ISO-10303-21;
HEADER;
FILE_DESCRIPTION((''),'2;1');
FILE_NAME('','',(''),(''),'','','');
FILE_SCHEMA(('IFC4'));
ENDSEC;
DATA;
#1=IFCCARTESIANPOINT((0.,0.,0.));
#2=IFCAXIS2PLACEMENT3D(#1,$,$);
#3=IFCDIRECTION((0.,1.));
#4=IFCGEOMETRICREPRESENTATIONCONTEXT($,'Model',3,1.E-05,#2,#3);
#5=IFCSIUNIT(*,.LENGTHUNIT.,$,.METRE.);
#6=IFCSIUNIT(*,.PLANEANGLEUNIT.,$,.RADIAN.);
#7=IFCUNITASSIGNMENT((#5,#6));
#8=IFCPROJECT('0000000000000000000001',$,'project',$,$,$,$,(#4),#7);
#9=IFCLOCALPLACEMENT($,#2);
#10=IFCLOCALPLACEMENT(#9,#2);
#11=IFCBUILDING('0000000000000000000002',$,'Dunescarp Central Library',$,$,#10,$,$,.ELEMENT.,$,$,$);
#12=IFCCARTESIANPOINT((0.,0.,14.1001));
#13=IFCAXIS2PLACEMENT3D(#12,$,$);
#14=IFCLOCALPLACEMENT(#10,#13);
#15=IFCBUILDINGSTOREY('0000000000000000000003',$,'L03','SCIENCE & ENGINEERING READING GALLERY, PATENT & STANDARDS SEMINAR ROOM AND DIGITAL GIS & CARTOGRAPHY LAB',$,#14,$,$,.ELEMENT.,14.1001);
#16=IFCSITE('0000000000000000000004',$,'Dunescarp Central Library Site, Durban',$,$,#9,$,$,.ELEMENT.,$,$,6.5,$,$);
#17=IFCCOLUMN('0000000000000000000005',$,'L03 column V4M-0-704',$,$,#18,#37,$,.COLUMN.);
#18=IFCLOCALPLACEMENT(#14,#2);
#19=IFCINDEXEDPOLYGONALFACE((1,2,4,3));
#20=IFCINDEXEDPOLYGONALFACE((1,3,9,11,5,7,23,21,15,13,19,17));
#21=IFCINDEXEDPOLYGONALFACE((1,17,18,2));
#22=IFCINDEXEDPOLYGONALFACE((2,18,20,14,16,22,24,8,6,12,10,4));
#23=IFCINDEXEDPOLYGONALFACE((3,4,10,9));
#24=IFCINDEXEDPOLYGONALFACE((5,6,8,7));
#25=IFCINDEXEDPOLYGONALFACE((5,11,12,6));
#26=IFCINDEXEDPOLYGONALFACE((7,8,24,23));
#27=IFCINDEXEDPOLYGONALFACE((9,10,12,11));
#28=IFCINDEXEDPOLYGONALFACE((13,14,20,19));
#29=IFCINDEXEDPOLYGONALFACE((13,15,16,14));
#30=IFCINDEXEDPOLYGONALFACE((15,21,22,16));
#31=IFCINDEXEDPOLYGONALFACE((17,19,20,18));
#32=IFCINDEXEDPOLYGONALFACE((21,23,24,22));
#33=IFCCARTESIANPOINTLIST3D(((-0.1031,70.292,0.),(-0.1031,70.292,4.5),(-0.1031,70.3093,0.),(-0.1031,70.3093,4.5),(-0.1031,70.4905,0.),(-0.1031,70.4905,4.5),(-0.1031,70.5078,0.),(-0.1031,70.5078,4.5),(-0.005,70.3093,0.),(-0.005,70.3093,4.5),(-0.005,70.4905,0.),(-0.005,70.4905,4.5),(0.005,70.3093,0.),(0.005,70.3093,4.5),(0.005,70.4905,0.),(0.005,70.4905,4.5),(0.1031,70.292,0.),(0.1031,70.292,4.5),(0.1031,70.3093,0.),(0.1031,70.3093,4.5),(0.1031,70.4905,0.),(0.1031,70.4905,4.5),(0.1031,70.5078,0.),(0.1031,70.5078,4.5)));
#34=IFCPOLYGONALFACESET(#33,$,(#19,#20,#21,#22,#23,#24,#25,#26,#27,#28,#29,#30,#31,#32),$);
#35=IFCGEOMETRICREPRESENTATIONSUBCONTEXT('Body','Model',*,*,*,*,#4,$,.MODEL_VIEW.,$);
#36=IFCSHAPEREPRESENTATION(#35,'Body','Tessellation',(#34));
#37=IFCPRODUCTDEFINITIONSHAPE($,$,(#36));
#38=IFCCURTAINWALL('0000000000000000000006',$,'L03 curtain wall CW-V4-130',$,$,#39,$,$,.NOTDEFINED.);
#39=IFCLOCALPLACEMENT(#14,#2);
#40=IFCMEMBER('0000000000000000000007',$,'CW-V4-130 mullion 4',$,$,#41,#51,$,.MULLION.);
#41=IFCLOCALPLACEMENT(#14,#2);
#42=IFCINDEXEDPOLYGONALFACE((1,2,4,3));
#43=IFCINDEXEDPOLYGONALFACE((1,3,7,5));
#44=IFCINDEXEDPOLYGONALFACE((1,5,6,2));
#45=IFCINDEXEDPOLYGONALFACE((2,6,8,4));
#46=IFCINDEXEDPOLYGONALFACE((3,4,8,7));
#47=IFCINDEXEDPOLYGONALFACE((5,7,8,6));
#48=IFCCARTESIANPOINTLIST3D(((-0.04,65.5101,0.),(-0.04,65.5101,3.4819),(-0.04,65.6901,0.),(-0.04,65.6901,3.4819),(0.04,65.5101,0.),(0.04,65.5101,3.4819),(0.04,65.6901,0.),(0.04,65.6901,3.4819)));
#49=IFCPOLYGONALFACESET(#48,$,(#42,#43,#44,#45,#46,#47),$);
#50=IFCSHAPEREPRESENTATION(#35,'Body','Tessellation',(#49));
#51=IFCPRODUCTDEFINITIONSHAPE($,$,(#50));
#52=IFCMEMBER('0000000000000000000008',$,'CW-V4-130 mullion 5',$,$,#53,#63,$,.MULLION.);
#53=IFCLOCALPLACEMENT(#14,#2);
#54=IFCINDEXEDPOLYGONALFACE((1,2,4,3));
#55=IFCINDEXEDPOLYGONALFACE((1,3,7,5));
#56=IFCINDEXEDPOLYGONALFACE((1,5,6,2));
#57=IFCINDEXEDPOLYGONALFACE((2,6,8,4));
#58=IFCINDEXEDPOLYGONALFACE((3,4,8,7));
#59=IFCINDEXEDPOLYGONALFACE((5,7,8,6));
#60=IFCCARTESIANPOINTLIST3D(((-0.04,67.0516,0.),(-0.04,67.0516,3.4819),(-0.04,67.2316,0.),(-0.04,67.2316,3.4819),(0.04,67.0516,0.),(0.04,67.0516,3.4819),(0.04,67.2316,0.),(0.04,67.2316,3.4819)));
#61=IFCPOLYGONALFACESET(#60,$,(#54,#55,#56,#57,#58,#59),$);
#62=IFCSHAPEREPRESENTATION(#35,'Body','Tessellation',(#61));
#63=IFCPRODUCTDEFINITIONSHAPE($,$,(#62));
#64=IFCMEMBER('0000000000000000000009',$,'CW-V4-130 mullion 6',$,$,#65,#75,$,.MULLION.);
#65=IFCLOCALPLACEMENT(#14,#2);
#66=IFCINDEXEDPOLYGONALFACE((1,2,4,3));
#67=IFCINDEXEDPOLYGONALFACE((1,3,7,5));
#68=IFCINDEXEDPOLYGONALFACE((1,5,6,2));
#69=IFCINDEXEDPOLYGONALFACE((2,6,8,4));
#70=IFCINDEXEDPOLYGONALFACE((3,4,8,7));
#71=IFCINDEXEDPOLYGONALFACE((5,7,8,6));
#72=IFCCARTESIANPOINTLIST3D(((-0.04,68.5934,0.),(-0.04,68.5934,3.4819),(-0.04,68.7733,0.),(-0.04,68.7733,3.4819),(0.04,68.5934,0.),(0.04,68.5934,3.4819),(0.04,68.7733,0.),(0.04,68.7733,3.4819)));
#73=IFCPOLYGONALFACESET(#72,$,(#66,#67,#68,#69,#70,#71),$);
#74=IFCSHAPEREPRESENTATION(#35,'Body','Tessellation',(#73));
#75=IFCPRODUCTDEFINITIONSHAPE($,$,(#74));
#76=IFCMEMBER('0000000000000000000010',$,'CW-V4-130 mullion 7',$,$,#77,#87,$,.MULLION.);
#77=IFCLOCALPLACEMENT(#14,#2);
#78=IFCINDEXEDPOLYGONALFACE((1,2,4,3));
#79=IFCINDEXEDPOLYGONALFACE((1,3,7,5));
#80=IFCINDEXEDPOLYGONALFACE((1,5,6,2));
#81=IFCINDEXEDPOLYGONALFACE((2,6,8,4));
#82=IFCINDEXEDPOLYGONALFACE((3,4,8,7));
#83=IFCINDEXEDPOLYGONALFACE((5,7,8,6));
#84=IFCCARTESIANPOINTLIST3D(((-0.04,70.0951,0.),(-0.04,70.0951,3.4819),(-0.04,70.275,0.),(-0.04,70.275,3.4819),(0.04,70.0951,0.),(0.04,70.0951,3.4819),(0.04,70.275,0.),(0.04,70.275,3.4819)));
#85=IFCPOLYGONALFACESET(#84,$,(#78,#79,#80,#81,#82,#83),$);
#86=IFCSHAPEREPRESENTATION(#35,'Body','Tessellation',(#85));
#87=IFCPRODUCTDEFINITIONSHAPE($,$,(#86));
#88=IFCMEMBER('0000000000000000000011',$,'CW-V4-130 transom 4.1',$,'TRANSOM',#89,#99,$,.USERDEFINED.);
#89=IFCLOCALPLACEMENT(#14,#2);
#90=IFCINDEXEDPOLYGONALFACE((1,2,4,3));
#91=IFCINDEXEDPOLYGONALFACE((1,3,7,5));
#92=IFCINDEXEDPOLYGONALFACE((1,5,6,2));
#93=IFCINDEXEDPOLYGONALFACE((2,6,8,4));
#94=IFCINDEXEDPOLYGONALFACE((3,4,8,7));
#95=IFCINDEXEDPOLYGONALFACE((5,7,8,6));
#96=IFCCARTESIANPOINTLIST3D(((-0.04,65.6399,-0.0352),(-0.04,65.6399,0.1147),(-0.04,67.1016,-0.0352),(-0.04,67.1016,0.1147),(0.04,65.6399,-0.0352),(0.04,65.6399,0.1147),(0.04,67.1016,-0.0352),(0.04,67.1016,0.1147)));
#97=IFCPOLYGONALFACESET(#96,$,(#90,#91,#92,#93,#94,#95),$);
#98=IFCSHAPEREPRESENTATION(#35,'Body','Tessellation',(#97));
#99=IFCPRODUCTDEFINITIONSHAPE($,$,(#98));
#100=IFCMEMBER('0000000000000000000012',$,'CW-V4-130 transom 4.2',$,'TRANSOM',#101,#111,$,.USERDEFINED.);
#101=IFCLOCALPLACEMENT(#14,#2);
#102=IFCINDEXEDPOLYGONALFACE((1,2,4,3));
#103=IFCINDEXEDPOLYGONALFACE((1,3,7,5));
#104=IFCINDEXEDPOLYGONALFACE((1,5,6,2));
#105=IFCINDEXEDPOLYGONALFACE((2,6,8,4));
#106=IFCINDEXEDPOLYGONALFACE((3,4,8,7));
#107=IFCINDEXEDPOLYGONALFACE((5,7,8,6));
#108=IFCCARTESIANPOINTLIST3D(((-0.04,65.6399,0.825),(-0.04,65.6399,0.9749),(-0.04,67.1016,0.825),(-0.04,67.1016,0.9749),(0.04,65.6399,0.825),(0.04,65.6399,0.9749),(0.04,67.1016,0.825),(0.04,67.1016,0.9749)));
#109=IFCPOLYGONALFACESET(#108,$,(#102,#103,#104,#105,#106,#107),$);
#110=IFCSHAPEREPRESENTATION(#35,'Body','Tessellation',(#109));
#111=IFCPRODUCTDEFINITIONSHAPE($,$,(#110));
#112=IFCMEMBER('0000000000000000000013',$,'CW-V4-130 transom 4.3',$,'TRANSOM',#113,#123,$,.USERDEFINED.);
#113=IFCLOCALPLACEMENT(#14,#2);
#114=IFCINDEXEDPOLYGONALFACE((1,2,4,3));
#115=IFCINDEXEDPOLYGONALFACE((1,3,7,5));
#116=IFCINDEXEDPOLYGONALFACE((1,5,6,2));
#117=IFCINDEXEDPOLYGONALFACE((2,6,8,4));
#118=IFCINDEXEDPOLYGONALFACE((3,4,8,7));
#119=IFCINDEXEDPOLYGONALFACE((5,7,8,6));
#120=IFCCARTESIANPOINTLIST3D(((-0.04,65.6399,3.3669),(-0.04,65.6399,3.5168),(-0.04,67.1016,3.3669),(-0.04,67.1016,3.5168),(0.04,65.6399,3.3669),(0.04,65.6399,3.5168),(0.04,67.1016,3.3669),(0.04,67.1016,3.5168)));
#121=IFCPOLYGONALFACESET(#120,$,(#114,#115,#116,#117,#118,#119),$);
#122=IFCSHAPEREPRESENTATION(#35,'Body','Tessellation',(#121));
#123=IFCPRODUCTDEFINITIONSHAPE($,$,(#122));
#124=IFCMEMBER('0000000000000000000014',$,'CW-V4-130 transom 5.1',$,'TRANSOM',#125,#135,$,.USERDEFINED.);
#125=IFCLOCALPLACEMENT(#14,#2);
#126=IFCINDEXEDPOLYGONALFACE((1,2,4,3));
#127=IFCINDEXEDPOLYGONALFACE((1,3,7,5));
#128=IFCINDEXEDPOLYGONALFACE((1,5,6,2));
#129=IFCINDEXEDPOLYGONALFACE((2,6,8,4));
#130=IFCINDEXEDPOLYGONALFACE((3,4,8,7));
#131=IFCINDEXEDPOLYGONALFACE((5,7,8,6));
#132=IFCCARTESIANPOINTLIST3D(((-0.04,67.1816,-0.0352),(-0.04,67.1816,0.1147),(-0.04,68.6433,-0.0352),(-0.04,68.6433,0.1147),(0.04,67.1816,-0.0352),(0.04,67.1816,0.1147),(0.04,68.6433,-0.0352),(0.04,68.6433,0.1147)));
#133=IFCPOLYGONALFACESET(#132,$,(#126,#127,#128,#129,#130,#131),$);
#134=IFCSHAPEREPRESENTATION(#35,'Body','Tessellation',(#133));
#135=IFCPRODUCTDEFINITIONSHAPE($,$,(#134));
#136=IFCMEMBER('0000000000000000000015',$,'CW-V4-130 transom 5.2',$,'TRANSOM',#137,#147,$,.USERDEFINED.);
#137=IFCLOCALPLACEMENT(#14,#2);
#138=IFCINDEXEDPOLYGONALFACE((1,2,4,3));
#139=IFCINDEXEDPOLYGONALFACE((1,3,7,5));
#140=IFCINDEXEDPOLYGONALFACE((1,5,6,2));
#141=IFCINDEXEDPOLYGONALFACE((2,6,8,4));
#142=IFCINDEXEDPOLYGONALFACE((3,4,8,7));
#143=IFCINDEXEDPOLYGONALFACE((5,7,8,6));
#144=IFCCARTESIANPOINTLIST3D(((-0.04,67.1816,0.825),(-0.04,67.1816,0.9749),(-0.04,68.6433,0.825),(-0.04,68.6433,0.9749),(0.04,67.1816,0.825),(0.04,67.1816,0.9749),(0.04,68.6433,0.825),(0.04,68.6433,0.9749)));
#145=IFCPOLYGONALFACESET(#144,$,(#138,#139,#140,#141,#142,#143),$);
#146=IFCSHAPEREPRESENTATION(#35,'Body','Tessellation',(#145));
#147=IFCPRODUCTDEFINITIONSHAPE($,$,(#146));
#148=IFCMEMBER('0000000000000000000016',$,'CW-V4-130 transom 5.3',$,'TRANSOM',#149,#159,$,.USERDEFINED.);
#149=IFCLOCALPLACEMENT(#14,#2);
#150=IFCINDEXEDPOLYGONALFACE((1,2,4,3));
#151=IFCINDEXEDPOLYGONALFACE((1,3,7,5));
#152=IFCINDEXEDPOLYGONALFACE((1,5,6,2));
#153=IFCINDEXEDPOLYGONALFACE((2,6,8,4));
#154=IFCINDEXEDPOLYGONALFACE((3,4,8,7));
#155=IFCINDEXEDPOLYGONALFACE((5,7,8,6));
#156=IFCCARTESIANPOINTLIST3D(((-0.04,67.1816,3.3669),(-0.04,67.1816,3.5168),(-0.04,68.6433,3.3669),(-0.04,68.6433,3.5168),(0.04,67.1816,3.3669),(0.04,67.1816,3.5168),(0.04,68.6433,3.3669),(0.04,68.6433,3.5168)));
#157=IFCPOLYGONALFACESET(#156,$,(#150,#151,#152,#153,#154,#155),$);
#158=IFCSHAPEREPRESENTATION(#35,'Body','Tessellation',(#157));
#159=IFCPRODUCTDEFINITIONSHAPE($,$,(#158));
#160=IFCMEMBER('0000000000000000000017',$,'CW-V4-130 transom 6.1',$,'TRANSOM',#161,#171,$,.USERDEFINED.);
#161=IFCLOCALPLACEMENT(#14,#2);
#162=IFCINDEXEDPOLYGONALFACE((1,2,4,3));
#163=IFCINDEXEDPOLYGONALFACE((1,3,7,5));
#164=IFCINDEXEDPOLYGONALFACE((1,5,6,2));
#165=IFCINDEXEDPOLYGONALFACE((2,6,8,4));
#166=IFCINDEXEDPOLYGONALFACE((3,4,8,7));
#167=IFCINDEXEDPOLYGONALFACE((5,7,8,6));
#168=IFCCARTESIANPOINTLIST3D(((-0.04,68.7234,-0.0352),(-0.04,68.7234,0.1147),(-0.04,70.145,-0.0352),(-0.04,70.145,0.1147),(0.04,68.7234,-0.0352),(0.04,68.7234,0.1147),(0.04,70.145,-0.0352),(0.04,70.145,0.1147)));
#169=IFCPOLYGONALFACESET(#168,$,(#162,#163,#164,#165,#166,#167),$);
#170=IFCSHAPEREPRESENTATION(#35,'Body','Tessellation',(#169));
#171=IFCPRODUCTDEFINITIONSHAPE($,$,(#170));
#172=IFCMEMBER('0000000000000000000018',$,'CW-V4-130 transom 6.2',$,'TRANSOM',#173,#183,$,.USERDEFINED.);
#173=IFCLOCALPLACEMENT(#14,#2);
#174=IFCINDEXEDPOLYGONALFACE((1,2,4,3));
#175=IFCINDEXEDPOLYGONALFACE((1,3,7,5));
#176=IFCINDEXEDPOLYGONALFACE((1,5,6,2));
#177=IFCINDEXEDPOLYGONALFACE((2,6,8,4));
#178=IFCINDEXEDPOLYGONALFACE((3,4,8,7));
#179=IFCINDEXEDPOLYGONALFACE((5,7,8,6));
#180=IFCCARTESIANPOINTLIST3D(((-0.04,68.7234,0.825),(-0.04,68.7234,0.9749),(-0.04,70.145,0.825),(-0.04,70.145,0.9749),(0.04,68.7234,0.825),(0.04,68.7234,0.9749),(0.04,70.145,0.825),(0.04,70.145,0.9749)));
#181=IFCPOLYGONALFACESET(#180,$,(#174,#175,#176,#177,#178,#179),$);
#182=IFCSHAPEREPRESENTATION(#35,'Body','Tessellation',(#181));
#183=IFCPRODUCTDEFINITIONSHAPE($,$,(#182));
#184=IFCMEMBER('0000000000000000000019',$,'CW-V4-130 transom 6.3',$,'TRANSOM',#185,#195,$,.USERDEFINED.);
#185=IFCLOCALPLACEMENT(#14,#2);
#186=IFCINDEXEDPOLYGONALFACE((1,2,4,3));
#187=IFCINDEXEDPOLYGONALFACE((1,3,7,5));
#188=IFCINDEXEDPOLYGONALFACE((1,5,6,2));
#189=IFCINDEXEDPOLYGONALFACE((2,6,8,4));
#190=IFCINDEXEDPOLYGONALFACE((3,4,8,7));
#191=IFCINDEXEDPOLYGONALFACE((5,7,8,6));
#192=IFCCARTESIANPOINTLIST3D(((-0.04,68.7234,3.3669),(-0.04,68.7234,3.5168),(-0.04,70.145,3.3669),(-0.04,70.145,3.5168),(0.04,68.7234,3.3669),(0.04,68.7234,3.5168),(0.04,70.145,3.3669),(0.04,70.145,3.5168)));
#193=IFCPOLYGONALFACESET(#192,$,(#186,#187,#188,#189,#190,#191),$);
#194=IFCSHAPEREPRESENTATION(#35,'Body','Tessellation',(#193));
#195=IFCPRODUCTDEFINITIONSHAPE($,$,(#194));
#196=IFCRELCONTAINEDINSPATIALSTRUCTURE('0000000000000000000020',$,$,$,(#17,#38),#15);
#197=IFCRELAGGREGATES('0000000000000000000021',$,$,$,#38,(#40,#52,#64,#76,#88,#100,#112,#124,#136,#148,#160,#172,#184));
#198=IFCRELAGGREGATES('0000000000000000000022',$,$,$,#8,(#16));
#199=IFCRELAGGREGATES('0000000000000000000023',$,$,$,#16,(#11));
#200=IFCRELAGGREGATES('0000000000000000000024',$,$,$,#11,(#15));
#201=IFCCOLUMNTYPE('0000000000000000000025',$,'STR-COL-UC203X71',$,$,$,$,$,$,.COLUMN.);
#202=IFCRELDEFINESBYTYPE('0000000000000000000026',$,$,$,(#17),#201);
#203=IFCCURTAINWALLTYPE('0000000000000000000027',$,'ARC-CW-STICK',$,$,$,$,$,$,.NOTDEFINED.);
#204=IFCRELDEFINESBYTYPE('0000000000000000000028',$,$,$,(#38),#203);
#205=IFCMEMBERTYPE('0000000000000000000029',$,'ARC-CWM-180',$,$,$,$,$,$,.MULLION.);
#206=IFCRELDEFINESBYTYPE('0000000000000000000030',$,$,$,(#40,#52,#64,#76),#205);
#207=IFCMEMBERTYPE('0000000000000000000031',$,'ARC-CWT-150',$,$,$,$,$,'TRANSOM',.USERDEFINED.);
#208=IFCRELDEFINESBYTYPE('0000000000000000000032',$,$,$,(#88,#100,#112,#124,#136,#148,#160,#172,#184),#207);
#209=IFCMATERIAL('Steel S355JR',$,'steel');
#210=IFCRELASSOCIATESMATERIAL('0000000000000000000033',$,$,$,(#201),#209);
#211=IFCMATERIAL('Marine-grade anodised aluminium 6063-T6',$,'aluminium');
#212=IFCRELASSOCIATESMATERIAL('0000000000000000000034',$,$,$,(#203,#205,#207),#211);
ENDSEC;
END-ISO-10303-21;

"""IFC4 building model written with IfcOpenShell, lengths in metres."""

from ifc_helpers import new_model, si_unit, direction, frame, origin, origin_2d, place, context, subcontext, project, spatial, rectangle, i_section, extrude, material, material_profile, profile_set, type_object, element, aggregate, save


model = new_model("IFC4")

# Units and contexts
model_context = context("Model", 3, precision=1e-05, world=origin(), true_north=direction((0.0, 1.0)))
body_context = subcontext(model_context, "Body", "Model", "MODEL_VIEW")
ifc_project = project(units=[si_unit("LENGTHUNIT", "METRE"), si_unit("PLANEANGLEUNIT", "RADIAN")], contexts=[model_context])

# Site, building, storey
site_placement = place(None, origin())
site = spatial("IfcSite", under=ifc_project, at=site_placement, Name="Dunescarp Central Library Site, Durban", CompositionType="ELEMENT", RefElevation=6.5)
building_placement = place(site_placement, origin())
building = spatial("IfcBuilding", under=site, at=building_placement, Name="Dunescarp Central Library", CompositionType="ELEMENT")
storey_placement = place(building_placement, frame((0.0, 0.0, 14.1001)))
storey = spatial("IfcBuildingStorey", under=building, at=storey_placement, Name="L03", Description="SCIENCE & ENGINEERING READING GALLERY, PATENT & STANDARDS SEMINAR ROOM AND DIGITAL GIS & CARTOGRAPHY LAB", CompositionType="ELEMENT", Elevation=14.1001)

# Column
ifc_material_1 = material(Name="Steel S355JR", Category="steel")
ifc_material_profile_1 = material_profile(ifc_material_1, i_section(OverallWidth=0.2063, OverallDepth=0.2158, WebThickness=0.01, FlangeThickness=0.0173, at=origin_2d()), Name="UC 203x203x71")
ifc_profile_set_1 = profile_set([ifc_material_profile_1], Name="Steel S355JR")
column_type = type_object("IfcColumnType", Name="STR-COL-UC203X71", PredefinedType="COLUMN", material=ifc_profile_set_1)
column_placement = place(storey_placement, frame((0.0, 70.3999, 0.0), z_axis=(0.0, 0.0, 1.0), x_axis=(1.0, 0.0, 0.0)))
element("IfcColumn", 1, at=column_placement, inside=storey, type_object=column_type, Name="L03 column V4M-0-704", PredefinedType="COLUMN", context=body_context, shape_type="SweptSolid", body=[
    extrude(i_section(OverallWidth=0.2063, OverallDepth=0.2158, WebThickness=0.01, FlangeThickness=0.0173, at=origin_2d()), origin(), (0.0, 0.0, 1.0), 4.5),
])

# Curtain wall, members
ifc_material_2 = material(Name="Marine-grade anodised aluminium 6063-T6", Category="aluminium")
curtain_wall_type = type_object("IfcCurtainWallType", Name="ARC-CW-STICK", PredefinedType="NOTDEFINED", material=ifc_material_2)
curtain_wall_placement = place(storey_placement, origin())
curtain_wall = element("IfcCurtainWall", 2, at=curtain_wall_placement, inside=storey, type_object=curtain_wall_type, Name="L03 curtain wall CW-V4-130", PredefinedType="NOTDEFINED")
ifc_material_profile_2 = material_profile(ifc_material_2, rectangle(XDim=0.0801, YDim=0.1799, at=origin_2d()), Name="AL 80x180")
ifc_profile_set_2 = profile_set([ifc_material_profile_2], Name="Marine-grade anodised aluminium 6063-T6")
member_type_1 = type_object("IfcMemberType", Name="ARC-CWM-180", PredefinedType="MULLION", material=ifc_profile_set_2)
member_1_placement = place(storey_placement, frame((0.0, 65.6001, 0.0), z_axis=(0.0, 0.0, 1.0), x_axis=(-1.0, 0.0, 0.0)))
member_1 = element("IfcMember", 3, at=member_1_placement, type_object=member_type_1, Name="CW-V4-130 mullion 4", PredefinedType="MULLION", context=body_context, shape_type="SweptSolid", body=[
    extrude(rectangle(XDim=0.0801, YDim=0.1799, at=origin_2d()), origin(), (0.0, 0.0, 1.0), 3.4819),
])
member_2_placement = place(storey_placement, frame((0.0, 67.1416, 0.0), z_axis=(0.0, 0.0, 1.0), x_axis=(-1.0, 0.0, 0.0)))
member_2 = element("IfcMember", 4, at=member_2_placement, type_object=member_type_1, Name="CW-V4-130 mullion 5", PredefinedType="MULLION", context=body_context, shape_type="SweptSolid", body=[
    extrude(rectangle(XDim=0.0801, YDim=0.1799, at=origin_2d()), origin(), (0.0, 0.0, 1.0), 3.4819),
])
member_3_placement = place(storey_placement, frame((0.0, 68.6833, 0.0), z_axis=(0.0, 0.0, 1.0), x_axis=(-1.0, 0.0, 0.0)))
member_3 = element("IfcMember", 5, at=member_3_placement, type_object=member_type_1, Name="CW-V4-130 mullion 6", PredefinedType="MULLION", context=body_context, shape_type="SweptSolid", body=[
    extrude(rectangle(XDim=0.0801, YDim=0.1799, at=origin_2d()), origin(), (0.0, 0.0, 1.0), 3.4819),
])
member_4_placement = place(storey_placement, frame((0.0, 70.1851, 0.0), z_axis=(0.0, 0.0, 1.0), x_axis=(-1.0, 0.0, 0.0)))
member_4 = element("IfcMember", 6, at=member_4_placement, type_object=member_type_1, Name="CW-V4-130 mullion 7", PredefinedType="MULLION", context=body_context, shape_type="SweptSolid", body=[
    extrude(rectangle(XDim=0.0801, YDim=0.1799, at=origin_2d()), origin(), (0.0, 0.0, 1.0), 3.4819),
])
ifc_material_profile_3 = material_profile(ifc_material_2, rectangle(XDim=0.0801, YDim=0.1499, at=origin_2d()), Name="AL 80x150")
ifc_profile_set_3 = profile_set([ifc_material_profile_3], Name="Marine-grade anodised aluminium 6063-T6")
member_type_2 = type_object("IfcMemberType", Name="ARC-CWT-150", ElementType="TRANSOM", PredefinedType="USERDEFINED", material=ifc_profile_set_3)
member_5_placement = place(storey_placement, frame((0.0, 65.6399, 0.0398), z_axis=(0.0, 1.0, 0.0), x_axis=(-1.0, 0.0, 0.0)))
member_5 = element("IfcMember", 7, at=member_5_placement, type_object=member_type_2, Name="CW-V4-130 transom 4.1", ObjectType="TRANSOM", PredefinedType="USERDEFINED", context=body_context, shape_type="SweptSolid", body=[
    extrude(rectangle(XDim=0.0801, YDim=0.1499, at=origin_2d()), origin(), (0.0, 0.0, 1.0), 1.4617),
])
member_6_placement = place(storey_placement, frame((0.0, 65.6399, 0.8999), z_axis=(0.0, 1.0, 0.0), x_axis=(-1.0, 0.0, 0.0)))
member_6 = element("IfcMember", 8, at=member_6_placement, type_object=member_type_2, Name="CW-V4-130 transom 4.2", ObjectType="TRANSOM", PredefinedType="USERDEFINED", context=body_context, shape_type="SweptSolid", body=[
    extrude(rectangle(XDim=0.0801, YDim=0.1499, at=origin_2d()), origin(), (0.0, 0.0, 1.0), 1.4617),
])
member_7_placement = place(storey_placement, frame((0.0, 65.6399, 3.4419), z_axis=(0.0, 1.0, 0.0), x_axis=(-1.0, 0.0, 0.0)))
member_7 = element("IfcMember", 9, at=member_7_placement, type_object=member_type_2, Name="CW-V4-130 transom 4.3", ObjectType="TRANSOM", PredefinedType="USERDEFINED", context=body_context, shape_type="SweptSolid", body=[
    extrude(rectangle(XDim=0.0801, YDim=0.1499, at=origin_2d()), origin(), (0.0, 0.0, 1.0), 1.4617),
])
member_8_placement = place(storey_placement, frame((0.0, 67.1816, 0.0398), z_axis=(0.0, 1.0, 0.0), x_axis=(-1.0, 0.0, 0.0)))
member_8 = element("IfcMember", 10, at=member_8_placement, type_object=member_type_2, Name="CW-V4-130 transom 5.1", ObjectType="TRANSOM", PredefinedType="USERDEFINED", context=body_context, shape_type="SweptSolid", body=[
    extrude(rectangle(XDim=0.0801, YDim=0.1499, at=origin_2d()), origin(), (0.0, 0.0, 1.0), 1.4617),
])
member_9_placement = place(storey_placement, frame((0.0, 67.1816, 0.8999), z_axis=(0.0, 1.0, 0.0), x_axis=(-1.0, 0.0, 0.0)))
member_9 = element("IfcMember", 11, at=member_9_placement, type_object=member_type_2, Name="CW-V4-130 transom 5.2", ObjectType="TRANSOM", PredefinedType="USERDEFINED", context=body_context, shape_type="SweptSolid", body=[
    extrude(rectangle(XDim=0.0801, YDim=0.1499, at=origin_2d()), origin(), (0.0, 0.0, 1.0), 1.4617),
])
member_10_placement = place(storey_placement, frame((0.0, 67.1816, 3.4419), z_axis=(0.0, 1.0, 0.0), x_axis=(-1.0, 0.0, 0.0)))
member_10 = element("IfcMember", 12, at=member_10_placement, type_object=member_type_2, Name="CW-V4-130 transom 5.3", ObjectType="TRANSOM", PredefinedType="USERDEFINED", context=body_context, shape_type="SweptSolid", body=[
    extrude(rectangle(XDim=0.0801, YDim=0.1499, at=origin_2d()), origin(), (0.0, 0.0, 1.0), 1.4617),
])
member_11_placement = place(storey_placement, frame((0.0, 68.7234, 0.0398), z_axis=(0.0, 1.0, 0.0), x_axis=(-1.0, 0.0, 0.0)))
member_11 = element("IfcMember", 13, at=member_11_placement, type_object=member_type_2, Name="CW-V4-130 transom 6.1", ObjectType="TRANSOM", PredefinedType="USERDEFINED", context=body_context, shape_type="SweptSolid", body=[
    extrude(rectangle(XDim=0.0801, YDim=0.1499, at=origin_2d()), origin(), (0.0, 0.0, 1.0), 1.4216),
])
member_12_placement = place(storey_placement, frame((0.0, 68.7234, 0.8999), z_axis=(0.0, 1.0, 0.0), x_axis=(-1.0, 0.0, 0.0)))
member_12 = element("IfcMember", 14, at=member_12_placement, type_object=member_type_2, Name="CW-V4-130 transom 6.2", ObjectType="TRANSOM", PredefinedType="USERDEFINED", context=body_context, shape_type="SweptSolid", body=[
    extrude(rectangle(XDim=0.0801, YDim=0.1499, at=origin_2d()), origin(), (0.0, 0.0, 1.0), 1.4216),
])
member_13_placement = place(storey_placement, frame((0.0, 68.7234, 3.4419), z_axis=(0.0, 1.0, 0.0), x_axis=(-1.0, 0.0, 0.0)))
member_13 = element("IfcMember", 15, at=member_13_placement, type_object=member_type_2, Name="CW-V4-130 transom 6.3", ObjectType="TRANSOM", PredefinedType="USERDEFINED", context=body_context, shape_type="SweptSolid", body=[
    extrude(rectangle(XDim=0.0801, YDim=0.1499, at=origin_2d()), origin(), (0.0, 0.0, 1.0), 1.4216),
])

aggregate(curtain_wall, [member_1, member_2, member_3, member_4, member_5, member_6, member_7, member_8, member_9, member_10, member_11, member_12, member_13])

save(model, "model.ifc")
